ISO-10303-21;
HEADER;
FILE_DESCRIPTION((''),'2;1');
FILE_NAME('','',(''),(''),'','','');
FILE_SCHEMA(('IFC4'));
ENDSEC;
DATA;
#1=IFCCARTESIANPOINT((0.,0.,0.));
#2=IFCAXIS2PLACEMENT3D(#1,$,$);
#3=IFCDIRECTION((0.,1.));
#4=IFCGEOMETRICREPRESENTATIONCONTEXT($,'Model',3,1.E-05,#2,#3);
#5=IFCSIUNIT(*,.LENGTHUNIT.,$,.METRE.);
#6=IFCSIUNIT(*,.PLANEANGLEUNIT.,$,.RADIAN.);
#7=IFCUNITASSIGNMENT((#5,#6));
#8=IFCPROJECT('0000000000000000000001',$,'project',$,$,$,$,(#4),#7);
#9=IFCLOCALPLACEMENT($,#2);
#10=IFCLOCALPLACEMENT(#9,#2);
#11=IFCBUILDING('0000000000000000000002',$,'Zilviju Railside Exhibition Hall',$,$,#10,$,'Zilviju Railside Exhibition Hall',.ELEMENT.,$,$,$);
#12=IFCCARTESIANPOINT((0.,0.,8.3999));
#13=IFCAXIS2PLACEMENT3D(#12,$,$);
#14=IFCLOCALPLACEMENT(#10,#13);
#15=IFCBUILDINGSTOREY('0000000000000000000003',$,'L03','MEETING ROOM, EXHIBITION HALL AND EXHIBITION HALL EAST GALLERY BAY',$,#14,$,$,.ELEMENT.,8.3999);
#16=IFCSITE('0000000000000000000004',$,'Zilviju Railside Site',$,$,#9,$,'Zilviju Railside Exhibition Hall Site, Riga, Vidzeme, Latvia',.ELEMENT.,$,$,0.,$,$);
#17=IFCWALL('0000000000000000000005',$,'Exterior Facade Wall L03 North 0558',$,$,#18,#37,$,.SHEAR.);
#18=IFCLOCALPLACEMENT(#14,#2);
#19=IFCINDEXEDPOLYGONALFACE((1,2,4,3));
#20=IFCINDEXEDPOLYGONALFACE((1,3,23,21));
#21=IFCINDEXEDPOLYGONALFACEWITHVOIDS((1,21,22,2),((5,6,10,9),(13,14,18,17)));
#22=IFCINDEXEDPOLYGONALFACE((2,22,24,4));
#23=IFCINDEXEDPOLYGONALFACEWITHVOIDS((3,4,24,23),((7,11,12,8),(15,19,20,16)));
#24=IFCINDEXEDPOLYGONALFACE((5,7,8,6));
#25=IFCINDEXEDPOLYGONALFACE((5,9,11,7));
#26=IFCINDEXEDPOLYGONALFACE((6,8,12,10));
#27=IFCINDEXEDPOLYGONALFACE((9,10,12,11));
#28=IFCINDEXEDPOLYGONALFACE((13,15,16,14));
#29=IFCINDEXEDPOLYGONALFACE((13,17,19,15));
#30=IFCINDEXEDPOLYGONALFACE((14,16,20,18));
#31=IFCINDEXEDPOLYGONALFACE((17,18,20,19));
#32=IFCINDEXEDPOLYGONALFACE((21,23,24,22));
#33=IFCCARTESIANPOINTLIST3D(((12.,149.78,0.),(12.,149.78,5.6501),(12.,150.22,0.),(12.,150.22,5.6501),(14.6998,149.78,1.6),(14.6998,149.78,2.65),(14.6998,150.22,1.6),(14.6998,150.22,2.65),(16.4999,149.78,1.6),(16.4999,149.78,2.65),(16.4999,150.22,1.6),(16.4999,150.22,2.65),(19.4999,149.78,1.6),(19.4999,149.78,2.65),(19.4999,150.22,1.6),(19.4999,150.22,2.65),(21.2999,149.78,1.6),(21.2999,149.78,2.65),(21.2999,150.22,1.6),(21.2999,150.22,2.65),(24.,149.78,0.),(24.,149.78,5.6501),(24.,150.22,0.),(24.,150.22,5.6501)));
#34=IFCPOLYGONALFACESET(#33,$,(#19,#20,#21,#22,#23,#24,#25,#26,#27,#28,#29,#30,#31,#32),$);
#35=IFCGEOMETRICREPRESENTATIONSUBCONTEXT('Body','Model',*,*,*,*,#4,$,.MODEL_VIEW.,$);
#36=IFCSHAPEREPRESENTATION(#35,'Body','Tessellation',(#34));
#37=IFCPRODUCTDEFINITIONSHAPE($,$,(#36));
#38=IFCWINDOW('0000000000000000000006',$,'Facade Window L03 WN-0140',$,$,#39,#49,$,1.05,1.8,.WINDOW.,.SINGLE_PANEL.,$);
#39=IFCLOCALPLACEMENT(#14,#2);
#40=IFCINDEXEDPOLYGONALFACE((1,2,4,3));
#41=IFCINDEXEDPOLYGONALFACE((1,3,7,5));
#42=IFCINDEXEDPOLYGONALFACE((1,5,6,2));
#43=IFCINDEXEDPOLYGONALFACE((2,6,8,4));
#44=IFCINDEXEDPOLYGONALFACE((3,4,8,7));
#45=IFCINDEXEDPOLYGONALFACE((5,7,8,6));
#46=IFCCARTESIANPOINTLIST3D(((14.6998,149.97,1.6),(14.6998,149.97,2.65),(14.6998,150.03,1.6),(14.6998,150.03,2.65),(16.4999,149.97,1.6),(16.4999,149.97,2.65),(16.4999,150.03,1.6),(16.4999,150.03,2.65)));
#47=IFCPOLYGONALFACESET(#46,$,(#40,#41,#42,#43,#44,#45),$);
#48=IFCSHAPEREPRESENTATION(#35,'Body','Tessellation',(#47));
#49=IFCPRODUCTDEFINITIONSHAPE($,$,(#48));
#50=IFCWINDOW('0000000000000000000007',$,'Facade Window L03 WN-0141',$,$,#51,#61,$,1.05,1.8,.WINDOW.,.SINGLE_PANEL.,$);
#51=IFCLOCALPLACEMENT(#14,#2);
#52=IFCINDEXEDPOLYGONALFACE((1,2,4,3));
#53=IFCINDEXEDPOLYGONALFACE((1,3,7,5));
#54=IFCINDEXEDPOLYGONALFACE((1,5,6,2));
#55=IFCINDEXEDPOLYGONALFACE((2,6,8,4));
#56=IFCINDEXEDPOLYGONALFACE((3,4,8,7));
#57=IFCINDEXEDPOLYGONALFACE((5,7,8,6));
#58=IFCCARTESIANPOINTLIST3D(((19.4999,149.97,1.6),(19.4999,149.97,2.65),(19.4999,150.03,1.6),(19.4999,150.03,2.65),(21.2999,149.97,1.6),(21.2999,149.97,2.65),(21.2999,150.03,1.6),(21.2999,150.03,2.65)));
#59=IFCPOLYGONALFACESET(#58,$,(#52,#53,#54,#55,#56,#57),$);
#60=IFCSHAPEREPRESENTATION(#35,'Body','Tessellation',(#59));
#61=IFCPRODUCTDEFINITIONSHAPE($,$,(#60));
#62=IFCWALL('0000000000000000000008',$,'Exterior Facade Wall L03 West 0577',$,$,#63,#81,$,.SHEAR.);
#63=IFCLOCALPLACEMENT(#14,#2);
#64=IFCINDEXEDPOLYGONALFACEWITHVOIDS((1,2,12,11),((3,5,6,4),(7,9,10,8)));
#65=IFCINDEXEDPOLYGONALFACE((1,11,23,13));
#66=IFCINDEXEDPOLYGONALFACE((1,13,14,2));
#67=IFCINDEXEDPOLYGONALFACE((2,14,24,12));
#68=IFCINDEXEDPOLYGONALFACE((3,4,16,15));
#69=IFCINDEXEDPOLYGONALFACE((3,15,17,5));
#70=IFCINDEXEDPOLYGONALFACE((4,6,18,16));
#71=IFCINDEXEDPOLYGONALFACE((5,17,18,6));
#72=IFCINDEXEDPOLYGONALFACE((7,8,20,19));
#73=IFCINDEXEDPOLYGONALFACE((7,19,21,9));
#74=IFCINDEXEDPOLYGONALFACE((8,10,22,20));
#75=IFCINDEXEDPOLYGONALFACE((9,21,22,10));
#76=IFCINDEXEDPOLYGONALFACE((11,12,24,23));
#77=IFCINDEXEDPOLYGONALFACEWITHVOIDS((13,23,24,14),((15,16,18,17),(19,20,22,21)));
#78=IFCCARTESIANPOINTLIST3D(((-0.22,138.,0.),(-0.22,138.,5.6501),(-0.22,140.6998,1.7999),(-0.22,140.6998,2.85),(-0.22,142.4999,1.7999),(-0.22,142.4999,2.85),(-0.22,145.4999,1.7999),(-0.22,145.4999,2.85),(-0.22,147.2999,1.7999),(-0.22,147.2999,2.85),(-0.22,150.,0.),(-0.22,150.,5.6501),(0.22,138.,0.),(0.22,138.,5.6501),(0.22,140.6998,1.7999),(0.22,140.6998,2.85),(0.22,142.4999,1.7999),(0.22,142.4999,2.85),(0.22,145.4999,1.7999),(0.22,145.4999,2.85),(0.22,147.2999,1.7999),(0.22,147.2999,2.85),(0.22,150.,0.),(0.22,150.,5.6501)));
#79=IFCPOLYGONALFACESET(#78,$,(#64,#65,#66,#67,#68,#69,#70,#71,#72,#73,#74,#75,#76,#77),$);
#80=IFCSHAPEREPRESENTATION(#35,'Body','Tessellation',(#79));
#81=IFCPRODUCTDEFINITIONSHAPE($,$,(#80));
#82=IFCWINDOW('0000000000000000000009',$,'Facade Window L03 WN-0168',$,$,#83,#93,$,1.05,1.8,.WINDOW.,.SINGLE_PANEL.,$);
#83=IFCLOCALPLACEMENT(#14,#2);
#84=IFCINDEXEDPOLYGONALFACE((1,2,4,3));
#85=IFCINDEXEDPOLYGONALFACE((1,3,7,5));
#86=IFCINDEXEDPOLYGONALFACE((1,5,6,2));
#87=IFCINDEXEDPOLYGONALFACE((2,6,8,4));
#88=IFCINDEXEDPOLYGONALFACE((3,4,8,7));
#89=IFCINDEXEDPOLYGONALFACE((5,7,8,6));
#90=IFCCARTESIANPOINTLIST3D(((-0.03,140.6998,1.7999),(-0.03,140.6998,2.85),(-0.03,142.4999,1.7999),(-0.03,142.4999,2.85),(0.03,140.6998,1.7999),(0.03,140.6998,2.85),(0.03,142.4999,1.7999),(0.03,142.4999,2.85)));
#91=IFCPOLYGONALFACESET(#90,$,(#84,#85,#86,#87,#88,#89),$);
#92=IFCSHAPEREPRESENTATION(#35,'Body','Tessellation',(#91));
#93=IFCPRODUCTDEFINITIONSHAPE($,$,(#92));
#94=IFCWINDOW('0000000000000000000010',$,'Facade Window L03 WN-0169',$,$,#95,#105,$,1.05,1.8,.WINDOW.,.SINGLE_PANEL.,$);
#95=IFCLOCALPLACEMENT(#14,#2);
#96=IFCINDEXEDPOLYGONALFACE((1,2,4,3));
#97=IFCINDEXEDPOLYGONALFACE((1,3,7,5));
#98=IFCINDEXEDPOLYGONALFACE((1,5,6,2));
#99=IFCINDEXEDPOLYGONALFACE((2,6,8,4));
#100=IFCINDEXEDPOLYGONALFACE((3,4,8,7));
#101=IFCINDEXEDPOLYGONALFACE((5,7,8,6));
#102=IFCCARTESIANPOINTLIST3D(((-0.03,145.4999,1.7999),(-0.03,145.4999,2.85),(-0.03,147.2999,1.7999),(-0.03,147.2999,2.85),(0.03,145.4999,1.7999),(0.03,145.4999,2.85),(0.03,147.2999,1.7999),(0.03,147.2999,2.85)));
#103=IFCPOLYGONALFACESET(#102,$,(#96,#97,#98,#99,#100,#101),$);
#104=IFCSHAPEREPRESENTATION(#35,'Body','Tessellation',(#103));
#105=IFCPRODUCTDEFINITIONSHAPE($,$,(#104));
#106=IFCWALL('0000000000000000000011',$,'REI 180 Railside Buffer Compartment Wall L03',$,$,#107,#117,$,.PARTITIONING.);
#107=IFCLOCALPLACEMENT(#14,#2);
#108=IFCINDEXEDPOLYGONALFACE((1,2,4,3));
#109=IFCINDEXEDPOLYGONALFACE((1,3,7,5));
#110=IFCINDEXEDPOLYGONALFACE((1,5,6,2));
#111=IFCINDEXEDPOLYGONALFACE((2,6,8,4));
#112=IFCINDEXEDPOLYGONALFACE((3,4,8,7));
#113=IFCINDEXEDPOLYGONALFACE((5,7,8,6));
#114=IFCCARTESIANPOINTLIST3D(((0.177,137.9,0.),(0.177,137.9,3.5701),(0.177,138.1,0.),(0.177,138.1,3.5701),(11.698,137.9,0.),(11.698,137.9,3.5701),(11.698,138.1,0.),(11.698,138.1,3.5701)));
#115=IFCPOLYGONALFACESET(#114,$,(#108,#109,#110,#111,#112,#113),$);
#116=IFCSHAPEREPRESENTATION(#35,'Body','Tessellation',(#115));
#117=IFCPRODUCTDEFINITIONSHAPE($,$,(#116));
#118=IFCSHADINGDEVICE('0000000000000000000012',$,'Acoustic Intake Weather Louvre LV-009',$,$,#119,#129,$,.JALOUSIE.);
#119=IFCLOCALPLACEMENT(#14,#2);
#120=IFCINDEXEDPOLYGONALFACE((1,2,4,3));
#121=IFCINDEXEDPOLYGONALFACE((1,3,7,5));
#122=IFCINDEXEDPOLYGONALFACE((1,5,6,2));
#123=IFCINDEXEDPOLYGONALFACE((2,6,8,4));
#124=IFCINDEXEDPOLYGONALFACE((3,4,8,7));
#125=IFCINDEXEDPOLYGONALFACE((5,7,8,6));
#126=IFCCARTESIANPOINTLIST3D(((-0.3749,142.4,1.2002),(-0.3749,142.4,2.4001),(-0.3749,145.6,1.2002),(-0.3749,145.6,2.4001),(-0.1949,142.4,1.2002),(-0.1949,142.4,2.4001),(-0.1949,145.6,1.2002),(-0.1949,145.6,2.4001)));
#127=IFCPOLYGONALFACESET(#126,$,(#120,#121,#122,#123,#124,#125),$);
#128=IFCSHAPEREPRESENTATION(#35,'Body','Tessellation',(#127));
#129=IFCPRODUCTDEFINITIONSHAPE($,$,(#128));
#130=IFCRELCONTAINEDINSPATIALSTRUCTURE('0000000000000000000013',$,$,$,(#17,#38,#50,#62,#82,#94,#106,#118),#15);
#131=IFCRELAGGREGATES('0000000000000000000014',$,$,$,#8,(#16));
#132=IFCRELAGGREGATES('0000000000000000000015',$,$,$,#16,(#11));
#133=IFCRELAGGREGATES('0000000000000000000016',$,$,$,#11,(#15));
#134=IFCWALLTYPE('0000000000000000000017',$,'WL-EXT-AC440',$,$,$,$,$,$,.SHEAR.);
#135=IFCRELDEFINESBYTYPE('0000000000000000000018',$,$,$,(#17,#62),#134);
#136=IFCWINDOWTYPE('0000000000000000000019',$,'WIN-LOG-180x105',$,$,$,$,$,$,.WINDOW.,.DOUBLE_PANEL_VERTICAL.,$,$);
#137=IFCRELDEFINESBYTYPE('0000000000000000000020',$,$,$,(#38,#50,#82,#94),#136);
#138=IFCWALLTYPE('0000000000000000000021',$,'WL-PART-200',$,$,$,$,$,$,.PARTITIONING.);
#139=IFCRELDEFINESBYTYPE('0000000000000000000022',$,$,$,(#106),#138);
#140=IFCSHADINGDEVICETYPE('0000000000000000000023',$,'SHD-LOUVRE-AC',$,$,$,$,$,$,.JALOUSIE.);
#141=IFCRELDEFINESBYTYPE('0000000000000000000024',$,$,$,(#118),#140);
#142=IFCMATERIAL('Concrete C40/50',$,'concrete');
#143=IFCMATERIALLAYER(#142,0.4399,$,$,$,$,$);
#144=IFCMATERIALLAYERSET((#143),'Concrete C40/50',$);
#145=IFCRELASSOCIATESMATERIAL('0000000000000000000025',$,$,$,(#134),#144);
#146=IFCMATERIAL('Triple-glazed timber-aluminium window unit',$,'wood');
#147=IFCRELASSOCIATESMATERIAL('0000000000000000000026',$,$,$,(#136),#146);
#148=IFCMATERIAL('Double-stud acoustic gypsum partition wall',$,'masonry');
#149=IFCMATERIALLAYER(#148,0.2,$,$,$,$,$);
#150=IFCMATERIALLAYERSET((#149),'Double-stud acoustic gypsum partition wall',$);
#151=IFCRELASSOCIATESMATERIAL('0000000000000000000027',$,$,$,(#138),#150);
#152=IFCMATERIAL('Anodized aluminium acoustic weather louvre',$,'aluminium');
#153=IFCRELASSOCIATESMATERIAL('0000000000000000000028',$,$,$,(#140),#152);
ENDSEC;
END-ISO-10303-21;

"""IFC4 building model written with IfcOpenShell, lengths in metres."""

from ifc_helpers import new_model, si_unit, direction, frame, frame_2d, origin, origin_2d, place, context, subcontext, project, spatial, rectangle, extrude, material, layer, layer_set, type_object, element, fill, save


model = new_model("IFC4")

# Units and contexts
model_context = context("Model", 3, precision=1e-05, world=origin(), true_north=direction((0.0, 1.0)))
body_context = subcontext(model_context, "Body", "Model", "MODEL_VIEW")
ifc_project = project(units=[si_unit("LENGTHUNIT", "METRE"), si_unit("PLANEANGLEUNIT", "RADIAN")], contexts=[model_context])

# Site, building, storey
site_placement = place(None, origin())
site = spatial("IfcSite", under=ifc_project, at=site_placement, Name="Zilviju Railside Site", LongName="Zilviju Railside Exhibition Hall Site, Riga, Vidzeme, Latvia", CompositionType="ELEMENT", RefElevation=0.0)
building_placement = place(site_placement, origin())
building = spatial("IfcBuilding", under=site, at=building_placement, Name="Zilviju Railside Exhibition Hall", LongName="Zilviju Railside Exhibition Hall", CompositionType="ELEMENT")
storey_placement = place(building_placement, frame((0.0, 0.0, 8.3999)))
storey = spatial("IfcBuildingStorey", under=building, at=storey_placement, Name="L03", Description="MEETING ROOM, EXHIBITION HALL AND EXHIBITION HALL EAST GALLERY BAY", CompositionType="ELEMENT", Elevation=8.3999)

# Walls, openings, windows
ifc_material_1 = material(Name="Concrete C40/50", Category="concrete")
ifc_layer_1 = layer(ifc_material_1, 0.4399)
ifc_layer_set_1 = layer_set([ifc_layer_1], Name="Concrete C40/50")
wall_type_1 = type_object("IfcWallType", Name="WL-EXT-AC440", PredefinedType="SHEAR", material=ifc_layer_set_1)
ifc_material_2 = material(Name="Triple-glazed timber-aluminium window unit", Category="wood")
window_type = type_object("IfcWindowType", Name="WIN-LOG-180x105", PartitioningType="DOUBLE_PANEL_VERTICAL", PredefinedType="WINDOW", material=ifc_material_2)
wall_1_placement = place(storey_placement, frame((12.0, 150.0, 0.0), z_axis=(0.0, 0.0, 1.0), x_axis=(1.0, 0.0, 0.0)))
wall_1 = element("IfcWall", 1, at=wall_1_placement, inside=storey, type_object=wall_type_1, Name="Exterior Facade Wall L03 North 0558", PredefinedType="SHEAR", context=body_context, shape_type="SweptSolid", body=[
    extrude(rectangle(XDim=12.0, YDim=0.4399, at=frame_2d((6.0, 0.0))), origin(), (0.0, 0.0, 1.0), 5.6501),
])
opening_1_placement = place(wall_1_placement, frame((2.7, 0.0, 1.6001)))
opening_1 = element("IfcOpeningElement", 2, at=opening_1_placement, cuts=wall_1, PredefinedType="OPENING", context=body_context, shape_type="SweptSolid", body=[
    extrude(rectangle(XDim=1.8, YDim=1.05, at=frame_2d((0.8999, 0.5249))), frame((0.0, 0.23, 0.0), z_axis=(0.0, -1.0, 0.0), x_axis=(1.0, 0.0, 0.0)), (0.0, 0.0, 1.0), 0.46),
])
opening_2_placement = place(wall_1_placement, frame((7.5, 0.0, 1.6001)))
opening_2 = element("IfcOpeningElement", 3, at=opening_2_placement, cuts=wall_1, PredefinedType="OPENING", context=body_context, shape_type="SweptSolid", body=[
    extrude(rectangle(XDim=1.8, YDim=1.05, at=frame_2d((0.8999, 0.5249))), frame((0.0, 0.23, 0.0), z_axis=(0.0, -1.0, 0.0), x_axis=(1.0, 0.0, 0.0)), (0.0, 0.0, 1.0), 0.46),
])
window_1_placement = place(opening_1_placement, origin())
window_1 = element("IfcWindow", 4, at=window_1_placement, inside=storey, type_object=window_type, Name="Facade Window L03 WN-0140", OverallHeight=1.05, OverallWidth=1.8, PartitioningType="SINGLE_PANEL", PredefinedType="WINDOW", context=body_context, shape_type="SweptSolid", body=[
    extrude(rectangle(XDim=1.8, YDim=1.05, at=frame_2d((0.8999, 0.5249))), frame((0.0, 0.03, 0.0), z_axis=(0.0, -1.0, 0.0), x_axis=(1.0, 0.0, 0.0)), (0.0, 0.0, 1.0), 0.0601),
])
fill(opening_1, window_1)
window_2_placement = place(opening_2_placement, origin())
window_2 = element("IfcWindow", 5, at=window_2_placement, inside=storey, type_object=window_type, Name="Facade Window L03 WN-0141", OverallHeight=1.05, OverallWidth=1.8, PartitioningType="SINGLE_PANEL", PredefinedType="WINDOW", context=body_context, shape_type="SweptSolid", body=[
    extrude(rectangle(XDim=1.8, YDim=1.05, at=frame_2d((0.8999, 0.5249))), frame((0.0, 0.03, 0.0), z_axis=(0.0, -1.0, 0.0), x_axis=(1.0, 0.0, 0.0)), (0.0, 0.0, 1.0), 0.0601),
])
fill(opening_2, window_2)
wall_2_placement = place(storey_placement, frame((0.0, 138.0, 0.0), z_axis=(0.0, 0.0, 1.0), x_axis=(0.0, 1.0, 0.0)))
wall_2 = element("IfcWall", 6, at=wall_2_placement, inside=storey, type_object=wall_type_1, Name="Exterior Facade Wall L03 West 0577", PredefinedType="SHEAR", context=body_context, shape_type="SweptSolid", body=[
    extrude(rectangle(XDim=12.0, YDim=0.4399, at=frame_2d((6.0, 0.0))), origin(), (0.0, 0.0, 1.0), 5.6501),
])
opening_3_placement = place(wall_2_placement, frame((2.7, 0.0, 1.8)))
opening_3 = element("IfcOpeningElement", 7, at=opening_3_placement, cuts=wall_2, PredefinedType="OPENING", context=body_context, shape_type="SweptSolid", body=[
    extrude(rectangle(XDim=1.8, YDim=1.05, at=frame_2d((0.8999, 0.5249))), frame((0.0, 0.23, 0.0), z_axis=(0.0, -1.0, 0.0), x_axis=(1.0, 0.0, 0.0)), (0.0, 0.0, 1.0), 0.46),
])
opening_4_placement = place(wall_2_placement, frame((7.5, 0.0, 1.8)))
opening_4 = element("IfcOpeningElement", 8, at=opening_4_placement, cuts=wall_2, PredefinedType="OPENING", context=body_context, shape_type="SweptSolid", body=[
    extrude(rectangle(XDim=1.8, YDim=1.05, at=frame_2d((0.8999, 0.5249))), frame((0.0, 0.23, 0.0), z_axis=(0.0, -1.0, 0.0), x_axis=(1.0, 0.0, 0.0)), (0.0, 0.0, 1.0), 0.46),
])
window_3_placement = place(opening_3_placement, origin())
window_3 = element("IfcWindow", 9, at=window_3_placement, inside=storey, type_object=window_type, Name="Facade Window L03 WN-0168", OverallHeight=1.05, OverallWidth=1.8, PartitioningType="SINGLE_PANEL", PredefinedType="WINDOW", context=body_context, shape_type="SweptSolid", body=[
    extrude(rectangle(XDim=1.8, YDim=1.05, at=frame_2d((0.8999, 0.5249))), frame((0.0, 0.03, 0.0), z_axis=(0.0, -1.0, 0.0), x_axis=(1.0, 0.0, 0.0)), (0.0, 0.0, 1.0), 0.0601),
])
fill(opening_3, window_3)
window_4_placement = place(opening_4_placement, origin())
window_4 = element("IfcWindow", 10, at=window_4_placement, inside=storey, type_object=window_type, Name="Facade Window L03 WN-0169", OverallHeight=1.05, OverallWidth=1.8, PartitioningType="SINGLE_PANEL", PredefinedType="WINDOW", context=body_context, shape_type="SweptSolid", body=[
    extrude(rectangle(XDim=1.8, YDim=1.05, at=frame_2d((0.8999, 0.5249))), frame((0.0, 0.03, 0.0), z_axis=(0.0, -1.0, 0.0), x_axis=(1.0, 0.0, 0.0)), (0.0, 0.0, 1.0), 0.0601),
])
fill(opening_4, window_4)

# Wall
ifc_material_3 = material(Name="Double-stud acoustic gypsum partition wall", Category="masonry")
ifc_layer_2 = layer(ifc_material_3, 0.2)
ifc_layer_set_2 = layer_set([ifc_layer_2], Name="Double-stud acoustic gypsum partition wall")
wall_type_2 = type_object("IfcWallType", Name="WL-PART-200", PredefinedType="PARTITIONING", material=ifc_layer_set_2)
wall_3_placement = place(storey_placement, frame((0.177, 138.0, 0.0), z_axis=(0.0, 0.0, 1.0), x_axis=(1.0, 0.0, 0.0)))
element("IfcWall", 11, at=wall_3_placement, inside=storey, type_object=wall_type_2, Name="REI 180 Railside Buffer Compartment Wall L03", PredefinedType="PARTITIONING", context=body_context, shape_type="SweptSolid", body=[
    extrude(rectangle(XDim=11.521, YDim=0.2, at=frame_2d((5.7605, 0.0))), origin(), (0.0, 0.0, 1.0), 3.5701),
])

# Shading device
ifc_material_4 = material(Name="Anodized aluminium acoustic weather louvre", Category="aluminium")
shading_device_type = type_object("IfcShadingDeviceType", Name="SHD-LOUVRE-AC", PredefinedType="JALOUSIE", material=ifc_material_4)
shading_device_placement = place(storey_placement, frame((-0.2849, 144.0, 1.2002), z_axis=(0.0, 0.0, 1.0), x_axis=(0.0, 1.0, 0.0)))
element("IfcShadingDevice", 12, at=shading_device_placement, inside=storey, type_object=shading_device_type, Name="Acoustic Intake Weather Louvre LV-009", PredefinedType="JALOUSIE", context=body_context, shape_type="SweptSolid", body=[
    extrude(rectangle(XDim=3.2, YDim=0.1799, at=origin_2d()), origin(), (0.0, 0.0, 1.0), 1.2),
])

save(model, "model.ifc")
